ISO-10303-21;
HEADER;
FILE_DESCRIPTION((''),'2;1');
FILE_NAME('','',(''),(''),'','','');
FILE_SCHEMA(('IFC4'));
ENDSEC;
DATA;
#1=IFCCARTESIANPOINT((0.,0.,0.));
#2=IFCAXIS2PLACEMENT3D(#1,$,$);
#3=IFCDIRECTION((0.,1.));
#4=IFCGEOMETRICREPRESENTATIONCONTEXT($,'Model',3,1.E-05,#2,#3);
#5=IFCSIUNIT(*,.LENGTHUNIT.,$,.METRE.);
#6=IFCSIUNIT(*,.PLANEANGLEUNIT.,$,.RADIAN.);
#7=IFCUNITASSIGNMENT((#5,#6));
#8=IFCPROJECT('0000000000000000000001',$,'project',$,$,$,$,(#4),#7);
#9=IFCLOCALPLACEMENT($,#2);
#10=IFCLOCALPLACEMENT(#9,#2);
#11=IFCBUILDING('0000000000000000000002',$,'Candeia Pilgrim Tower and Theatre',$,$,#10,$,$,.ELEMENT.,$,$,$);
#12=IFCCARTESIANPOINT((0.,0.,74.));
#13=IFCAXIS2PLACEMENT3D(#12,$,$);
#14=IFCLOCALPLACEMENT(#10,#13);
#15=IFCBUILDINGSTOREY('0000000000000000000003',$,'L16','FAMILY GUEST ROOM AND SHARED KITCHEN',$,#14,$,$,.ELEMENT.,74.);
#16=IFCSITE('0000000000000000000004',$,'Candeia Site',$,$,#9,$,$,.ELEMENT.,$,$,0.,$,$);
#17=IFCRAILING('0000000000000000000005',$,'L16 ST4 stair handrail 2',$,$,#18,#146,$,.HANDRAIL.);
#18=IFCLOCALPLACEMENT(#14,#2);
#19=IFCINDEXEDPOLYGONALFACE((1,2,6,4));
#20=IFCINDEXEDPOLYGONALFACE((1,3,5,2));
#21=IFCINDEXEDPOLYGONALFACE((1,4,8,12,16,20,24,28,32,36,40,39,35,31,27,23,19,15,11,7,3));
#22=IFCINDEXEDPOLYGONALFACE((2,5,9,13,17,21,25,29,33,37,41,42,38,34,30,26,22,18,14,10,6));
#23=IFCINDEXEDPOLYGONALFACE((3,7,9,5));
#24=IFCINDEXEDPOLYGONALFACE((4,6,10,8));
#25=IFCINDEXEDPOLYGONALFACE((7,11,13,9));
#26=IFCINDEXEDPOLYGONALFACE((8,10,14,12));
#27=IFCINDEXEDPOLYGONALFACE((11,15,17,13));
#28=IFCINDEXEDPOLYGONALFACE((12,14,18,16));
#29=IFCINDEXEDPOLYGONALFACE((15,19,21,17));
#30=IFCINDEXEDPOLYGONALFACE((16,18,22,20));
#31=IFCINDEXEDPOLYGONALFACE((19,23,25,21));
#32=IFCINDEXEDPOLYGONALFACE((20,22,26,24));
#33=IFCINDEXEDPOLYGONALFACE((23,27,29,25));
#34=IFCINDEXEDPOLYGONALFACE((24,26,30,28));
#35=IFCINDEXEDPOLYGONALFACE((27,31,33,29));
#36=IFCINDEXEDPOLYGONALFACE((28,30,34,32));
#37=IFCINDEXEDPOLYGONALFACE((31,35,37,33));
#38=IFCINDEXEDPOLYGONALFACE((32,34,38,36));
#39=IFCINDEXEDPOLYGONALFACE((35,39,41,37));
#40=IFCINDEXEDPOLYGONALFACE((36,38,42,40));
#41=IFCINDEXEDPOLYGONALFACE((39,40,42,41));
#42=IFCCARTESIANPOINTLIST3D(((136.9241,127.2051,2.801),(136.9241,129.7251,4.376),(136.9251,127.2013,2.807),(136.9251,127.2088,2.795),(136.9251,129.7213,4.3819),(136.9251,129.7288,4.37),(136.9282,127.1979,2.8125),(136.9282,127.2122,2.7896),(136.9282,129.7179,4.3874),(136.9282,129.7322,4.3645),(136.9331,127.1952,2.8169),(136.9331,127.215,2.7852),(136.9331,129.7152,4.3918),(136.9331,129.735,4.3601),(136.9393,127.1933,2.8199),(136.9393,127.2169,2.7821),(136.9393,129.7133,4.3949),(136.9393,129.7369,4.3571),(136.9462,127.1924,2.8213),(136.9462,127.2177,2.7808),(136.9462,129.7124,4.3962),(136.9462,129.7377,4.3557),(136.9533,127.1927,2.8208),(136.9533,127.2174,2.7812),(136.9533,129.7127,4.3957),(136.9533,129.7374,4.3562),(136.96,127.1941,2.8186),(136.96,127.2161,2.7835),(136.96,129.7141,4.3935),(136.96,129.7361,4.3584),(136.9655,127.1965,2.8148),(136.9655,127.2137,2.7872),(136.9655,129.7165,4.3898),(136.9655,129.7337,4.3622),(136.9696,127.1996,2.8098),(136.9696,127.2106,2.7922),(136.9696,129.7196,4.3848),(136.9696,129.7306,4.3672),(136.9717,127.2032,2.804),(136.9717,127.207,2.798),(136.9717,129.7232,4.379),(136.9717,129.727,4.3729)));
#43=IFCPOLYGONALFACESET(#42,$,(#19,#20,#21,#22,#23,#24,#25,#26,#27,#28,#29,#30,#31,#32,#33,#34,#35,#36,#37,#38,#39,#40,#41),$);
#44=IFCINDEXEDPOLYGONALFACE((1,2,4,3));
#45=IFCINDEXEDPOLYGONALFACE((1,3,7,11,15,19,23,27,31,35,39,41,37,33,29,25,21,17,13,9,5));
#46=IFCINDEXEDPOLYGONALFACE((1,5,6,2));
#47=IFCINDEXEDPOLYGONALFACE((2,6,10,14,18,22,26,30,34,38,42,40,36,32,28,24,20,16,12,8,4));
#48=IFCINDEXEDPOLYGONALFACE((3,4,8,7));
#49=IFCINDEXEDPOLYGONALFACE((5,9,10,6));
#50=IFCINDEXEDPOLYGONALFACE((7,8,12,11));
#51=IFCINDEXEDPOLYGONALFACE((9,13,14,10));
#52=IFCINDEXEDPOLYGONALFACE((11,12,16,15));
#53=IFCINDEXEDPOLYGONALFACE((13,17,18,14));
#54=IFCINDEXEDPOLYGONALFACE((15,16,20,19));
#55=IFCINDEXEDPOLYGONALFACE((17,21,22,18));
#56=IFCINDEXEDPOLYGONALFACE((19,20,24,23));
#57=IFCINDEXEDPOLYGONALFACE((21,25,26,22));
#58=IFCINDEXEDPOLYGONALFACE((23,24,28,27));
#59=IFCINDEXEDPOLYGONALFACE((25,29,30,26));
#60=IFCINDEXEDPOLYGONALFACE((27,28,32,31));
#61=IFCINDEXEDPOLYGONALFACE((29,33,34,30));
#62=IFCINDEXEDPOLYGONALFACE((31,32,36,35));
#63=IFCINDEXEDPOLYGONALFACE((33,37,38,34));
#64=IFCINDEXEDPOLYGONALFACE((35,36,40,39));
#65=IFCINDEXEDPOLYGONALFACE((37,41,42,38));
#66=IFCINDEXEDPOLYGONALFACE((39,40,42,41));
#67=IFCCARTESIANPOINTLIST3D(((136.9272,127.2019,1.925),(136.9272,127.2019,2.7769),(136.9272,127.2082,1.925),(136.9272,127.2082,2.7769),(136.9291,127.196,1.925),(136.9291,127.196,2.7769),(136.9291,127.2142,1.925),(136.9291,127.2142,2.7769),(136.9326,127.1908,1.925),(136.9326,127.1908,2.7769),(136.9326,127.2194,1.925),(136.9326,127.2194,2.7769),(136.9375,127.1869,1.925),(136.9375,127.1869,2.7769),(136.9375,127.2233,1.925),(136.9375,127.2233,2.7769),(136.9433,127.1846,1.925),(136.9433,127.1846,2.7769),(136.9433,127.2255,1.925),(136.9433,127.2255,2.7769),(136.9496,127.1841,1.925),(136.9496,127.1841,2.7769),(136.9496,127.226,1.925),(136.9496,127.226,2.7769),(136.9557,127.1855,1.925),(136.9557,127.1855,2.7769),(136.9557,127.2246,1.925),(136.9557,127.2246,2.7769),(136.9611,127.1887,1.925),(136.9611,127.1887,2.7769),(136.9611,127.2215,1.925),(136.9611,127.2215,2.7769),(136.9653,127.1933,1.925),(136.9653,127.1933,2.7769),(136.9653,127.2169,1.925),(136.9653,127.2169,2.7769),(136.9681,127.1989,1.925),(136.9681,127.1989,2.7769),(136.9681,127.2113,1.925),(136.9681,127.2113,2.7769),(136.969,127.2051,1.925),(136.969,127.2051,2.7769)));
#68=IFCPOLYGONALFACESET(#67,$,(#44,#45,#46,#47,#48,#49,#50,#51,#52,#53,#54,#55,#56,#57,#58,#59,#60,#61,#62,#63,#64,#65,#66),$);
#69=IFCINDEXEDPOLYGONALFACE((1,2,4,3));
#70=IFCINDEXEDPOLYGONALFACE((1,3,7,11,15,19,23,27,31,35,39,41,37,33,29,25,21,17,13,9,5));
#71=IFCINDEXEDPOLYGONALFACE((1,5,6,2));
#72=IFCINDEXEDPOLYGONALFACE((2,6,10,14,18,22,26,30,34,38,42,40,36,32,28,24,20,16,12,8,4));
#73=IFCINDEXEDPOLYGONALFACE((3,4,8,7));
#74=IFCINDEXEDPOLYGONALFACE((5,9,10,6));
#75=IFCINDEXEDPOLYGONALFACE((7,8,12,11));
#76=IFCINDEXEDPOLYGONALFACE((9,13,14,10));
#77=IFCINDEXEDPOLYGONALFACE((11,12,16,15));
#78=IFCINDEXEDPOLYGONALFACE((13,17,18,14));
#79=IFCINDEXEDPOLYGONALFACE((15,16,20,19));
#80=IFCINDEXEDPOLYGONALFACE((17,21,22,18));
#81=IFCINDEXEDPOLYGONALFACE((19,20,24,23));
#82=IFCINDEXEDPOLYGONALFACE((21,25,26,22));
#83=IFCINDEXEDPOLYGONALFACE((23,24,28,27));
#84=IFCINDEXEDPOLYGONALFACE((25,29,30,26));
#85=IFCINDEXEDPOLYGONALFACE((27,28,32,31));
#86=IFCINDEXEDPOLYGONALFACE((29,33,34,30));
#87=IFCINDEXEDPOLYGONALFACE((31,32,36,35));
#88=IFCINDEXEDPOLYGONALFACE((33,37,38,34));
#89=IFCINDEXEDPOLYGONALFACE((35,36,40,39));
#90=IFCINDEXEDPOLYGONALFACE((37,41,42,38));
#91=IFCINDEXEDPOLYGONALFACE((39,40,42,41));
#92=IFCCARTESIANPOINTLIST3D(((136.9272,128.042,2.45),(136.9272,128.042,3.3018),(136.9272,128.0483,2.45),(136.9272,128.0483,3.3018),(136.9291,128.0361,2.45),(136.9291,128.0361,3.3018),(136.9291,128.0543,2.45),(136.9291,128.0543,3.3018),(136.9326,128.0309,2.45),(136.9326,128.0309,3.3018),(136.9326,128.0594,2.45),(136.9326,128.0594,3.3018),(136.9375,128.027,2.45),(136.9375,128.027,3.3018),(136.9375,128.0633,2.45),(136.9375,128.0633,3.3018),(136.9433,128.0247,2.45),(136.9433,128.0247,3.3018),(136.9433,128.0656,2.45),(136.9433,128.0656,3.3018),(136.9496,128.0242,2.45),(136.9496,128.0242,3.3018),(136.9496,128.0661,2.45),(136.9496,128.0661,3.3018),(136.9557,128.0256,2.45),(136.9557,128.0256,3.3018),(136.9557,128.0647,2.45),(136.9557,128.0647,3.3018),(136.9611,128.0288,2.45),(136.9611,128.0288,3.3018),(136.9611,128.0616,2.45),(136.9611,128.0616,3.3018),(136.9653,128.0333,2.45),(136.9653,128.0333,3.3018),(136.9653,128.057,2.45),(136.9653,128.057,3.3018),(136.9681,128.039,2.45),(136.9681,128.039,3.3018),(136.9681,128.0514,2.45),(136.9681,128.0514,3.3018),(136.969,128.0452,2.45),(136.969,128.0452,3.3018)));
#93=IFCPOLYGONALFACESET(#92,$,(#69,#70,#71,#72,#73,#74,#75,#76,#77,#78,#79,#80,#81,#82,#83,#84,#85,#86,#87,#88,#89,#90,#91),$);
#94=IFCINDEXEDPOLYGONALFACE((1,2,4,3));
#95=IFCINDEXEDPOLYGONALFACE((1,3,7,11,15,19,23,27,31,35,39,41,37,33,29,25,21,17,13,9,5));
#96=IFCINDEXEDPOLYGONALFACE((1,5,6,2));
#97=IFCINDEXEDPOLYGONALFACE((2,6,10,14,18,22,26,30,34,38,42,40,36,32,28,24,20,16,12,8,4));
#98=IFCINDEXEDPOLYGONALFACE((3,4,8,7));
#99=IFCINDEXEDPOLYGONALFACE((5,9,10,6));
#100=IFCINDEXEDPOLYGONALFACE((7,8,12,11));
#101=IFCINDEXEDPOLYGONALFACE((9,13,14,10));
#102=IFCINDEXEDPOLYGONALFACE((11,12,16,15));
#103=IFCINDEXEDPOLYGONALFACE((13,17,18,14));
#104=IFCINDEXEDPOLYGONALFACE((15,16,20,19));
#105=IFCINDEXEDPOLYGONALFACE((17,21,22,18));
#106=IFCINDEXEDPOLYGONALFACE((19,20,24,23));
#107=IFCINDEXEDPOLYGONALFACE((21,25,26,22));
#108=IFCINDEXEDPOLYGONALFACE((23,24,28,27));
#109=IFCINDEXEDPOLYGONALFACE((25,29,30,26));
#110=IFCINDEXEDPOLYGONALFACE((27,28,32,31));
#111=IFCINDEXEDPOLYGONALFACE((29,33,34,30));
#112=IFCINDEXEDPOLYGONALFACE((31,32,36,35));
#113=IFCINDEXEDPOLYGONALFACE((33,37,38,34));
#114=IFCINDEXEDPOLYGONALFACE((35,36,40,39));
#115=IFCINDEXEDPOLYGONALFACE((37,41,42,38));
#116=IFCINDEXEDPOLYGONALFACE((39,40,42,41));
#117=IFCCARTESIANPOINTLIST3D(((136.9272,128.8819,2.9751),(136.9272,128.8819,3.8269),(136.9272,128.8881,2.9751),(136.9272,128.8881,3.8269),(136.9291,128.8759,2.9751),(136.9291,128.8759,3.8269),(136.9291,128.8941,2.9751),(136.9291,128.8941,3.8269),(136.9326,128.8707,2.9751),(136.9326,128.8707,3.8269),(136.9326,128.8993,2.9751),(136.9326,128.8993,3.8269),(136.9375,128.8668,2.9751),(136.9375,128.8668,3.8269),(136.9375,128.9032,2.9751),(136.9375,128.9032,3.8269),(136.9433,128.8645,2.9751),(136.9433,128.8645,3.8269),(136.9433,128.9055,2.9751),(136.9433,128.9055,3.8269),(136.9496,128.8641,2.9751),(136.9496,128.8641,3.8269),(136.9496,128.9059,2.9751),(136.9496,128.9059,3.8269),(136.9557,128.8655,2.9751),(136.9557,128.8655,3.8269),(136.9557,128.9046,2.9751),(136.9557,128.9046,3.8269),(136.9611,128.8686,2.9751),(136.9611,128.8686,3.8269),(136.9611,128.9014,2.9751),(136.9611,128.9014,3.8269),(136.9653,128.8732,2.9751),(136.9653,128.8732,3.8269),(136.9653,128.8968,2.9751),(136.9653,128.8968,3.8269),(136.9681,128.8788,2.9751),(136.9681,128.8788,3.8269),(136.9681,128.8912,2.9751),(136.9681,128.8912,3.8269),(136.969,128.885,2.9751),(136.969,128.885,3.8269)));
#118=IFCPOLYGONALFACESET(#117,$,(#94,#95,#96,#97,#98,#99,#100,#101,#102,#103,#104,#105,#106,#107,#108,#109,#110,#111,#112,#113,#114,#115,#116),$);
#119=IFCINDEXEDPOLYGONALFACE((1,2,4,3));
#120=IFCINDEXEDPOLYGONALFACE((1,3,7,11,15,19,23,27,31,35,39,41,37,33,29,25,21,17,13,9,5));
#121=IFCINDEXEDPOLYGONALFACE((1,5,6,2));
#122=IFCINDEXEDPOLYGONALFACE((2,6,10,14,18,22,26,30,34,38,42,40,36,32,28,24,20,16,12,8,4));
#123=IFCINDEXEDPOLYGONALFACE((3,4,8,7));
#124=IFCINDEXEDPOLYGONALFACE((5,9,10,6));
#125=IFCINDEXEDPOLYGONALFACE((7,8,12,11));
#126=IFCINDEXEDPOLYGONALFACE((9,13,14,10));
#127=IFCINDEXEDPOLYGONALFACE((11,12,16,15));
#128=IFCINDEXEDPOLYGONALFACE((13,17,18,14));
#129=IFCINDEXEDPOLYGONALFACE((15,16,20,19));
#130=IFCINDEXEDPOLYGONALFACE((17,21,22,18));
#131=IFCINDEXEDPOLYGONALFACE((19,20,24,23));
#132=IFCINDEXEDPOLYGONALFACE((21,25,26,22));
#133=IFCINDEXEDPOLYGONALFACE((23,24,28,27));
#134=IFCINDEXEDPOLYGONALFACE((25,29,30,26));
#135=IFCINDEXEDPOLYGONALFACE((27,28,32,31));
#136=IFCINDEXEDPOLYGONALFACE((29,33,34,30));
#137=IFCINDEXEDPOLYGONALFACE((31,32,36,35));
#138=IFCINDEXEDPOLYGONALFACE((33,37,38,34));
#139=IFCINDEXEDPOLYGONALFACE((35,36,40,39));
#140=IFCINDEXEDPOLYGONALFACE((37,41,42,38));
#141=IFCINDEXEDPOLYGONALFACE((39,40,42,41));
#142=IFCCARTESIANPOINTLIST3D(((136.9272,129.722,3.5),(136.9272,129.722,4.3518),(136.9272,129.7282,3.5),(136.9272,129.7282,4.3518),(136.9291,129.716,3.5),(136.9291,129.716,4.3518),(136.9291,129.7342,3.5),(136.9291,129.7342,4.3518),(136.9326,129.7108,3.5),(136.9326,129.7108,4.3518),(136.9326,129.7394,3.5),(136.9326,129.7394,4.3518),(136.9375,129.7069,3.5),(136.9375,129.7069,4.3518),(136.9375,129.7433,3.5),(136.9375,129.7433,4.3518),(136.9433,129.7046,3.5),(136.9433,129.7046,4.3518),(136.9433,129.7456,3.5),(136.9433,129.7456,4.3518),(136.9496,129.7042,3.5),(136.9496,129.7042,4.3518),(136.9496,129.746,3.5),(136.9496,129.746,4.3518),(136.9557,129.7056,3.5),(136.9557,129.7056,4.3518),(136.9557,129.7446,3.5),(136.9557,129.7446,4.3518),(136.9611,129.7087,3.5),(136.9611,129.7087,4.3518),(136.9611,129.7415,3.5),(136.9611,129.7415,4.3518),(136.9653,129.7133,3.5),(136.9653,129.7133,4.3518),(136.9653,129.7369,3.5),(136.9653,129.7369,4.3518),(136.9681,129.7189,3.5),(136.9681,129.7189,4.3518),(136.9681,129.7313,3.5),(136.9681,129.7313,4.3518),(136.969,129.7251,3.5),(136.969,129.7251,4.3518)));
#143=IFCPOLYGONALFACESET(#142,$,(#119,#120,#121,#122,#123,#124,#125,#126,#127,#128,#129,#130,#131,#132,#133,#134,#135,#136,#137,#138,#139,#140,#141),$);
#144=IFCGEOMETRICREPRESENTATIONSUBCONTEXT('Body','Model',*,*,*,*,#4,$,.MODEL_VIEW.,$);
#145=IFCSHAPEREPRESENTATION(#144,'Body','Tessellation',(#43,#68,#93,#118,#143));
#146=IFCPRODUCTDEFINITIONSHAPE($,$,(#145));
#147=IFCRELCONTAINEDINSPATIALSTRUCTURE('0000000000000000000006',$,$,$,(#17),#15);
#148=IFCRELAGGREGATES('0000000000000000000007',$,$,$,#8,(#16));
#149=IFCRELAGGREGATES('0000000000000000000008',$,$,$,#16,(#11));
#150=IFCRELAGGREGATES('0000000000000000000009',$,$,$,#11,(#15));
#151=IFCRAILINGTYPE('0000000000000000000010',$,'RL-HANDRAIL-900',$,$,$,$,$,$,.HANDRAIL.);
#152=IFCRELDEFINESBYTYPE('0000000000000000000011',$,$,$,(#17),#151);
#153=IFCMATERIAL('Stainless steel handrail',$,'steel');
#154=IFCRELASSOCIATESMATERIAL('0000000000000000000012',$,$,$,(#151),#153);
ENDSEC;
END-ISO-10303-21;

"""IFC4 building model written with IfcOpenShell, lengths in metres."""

from ifc_helpers import new_model, si_unit, direction, frame, origin, origin_2d, place, context, subcontext, project, spatial, circle, extrude, material, type_object, element, save


model = new_model("IFC4")

# Units and contexts
model_context = context("Model", 3, precision=1e-05, world=origin(), true_north=direction((0.0, 1.0)))
body_context = subcontext(model_context, "Body", "Model", "MODEL_VIEW")
ifc_project = project(units=[si_unit("LENGTHUNIT", "METRE"), si_unit("PLANEANGLEUNIT", "RADIAN")], contexts=[model_context])

# Site, building, storey
site_placement = place(None, origin())
site = spatial("IfcSite", under=ifc_project, at=site_placement, Name="Candeia Site", CompositionType="ELEMENT", RefElevation=0.0)
building_placement = place(site_placement, origin())
building = spatial("IfcBuilding", under=site, at=building_placement, Name="Candeia Pilgrim Tower and Theatre", CompositionType="ELEMENT")
storey_placement = place(building_placement, frame((0.0, 0.0, 74.0)))
storey = spatial("IfcBuildingStorey", under=building, at=storey_placement, Name="L16", Description="FAMILY GUEST ROOM AND SHARED KITCHEN", CompositionType="ELEMENT", Elevation=74.0)

# Railing
ifc_material_1 = material(Name="Stainless steel handrail", Category="steel")
railing_type_1 = type_object("IfcRailingType", Name="RL-HANDRAIL-900", PredefinedType="HANDRAIL", material=ifc_material_1)
railing_1_placement = place(storey_placement, frame((136.948, 127.2051, 1.925)))
element("IfcRailing", 1, at=railing_1_placement, inside=storey, type_object=railing_type_1, Name="L16 ST4 stair handrail 2", PredefinedType="HANDRAIL", context=body_context, shape_type="SweptSolid", body=[
    extrude(circle(Radius=0.0239, at=origin_2d()), frame((0.0, 0.0, 0.876), z_axis=(0.0, 0.848008, 0.529984), x_axis=(-1.0, 0.0, 0.0)), (0.0, 0.0, 1.0), 2.9717),
    extrude(circle(Radius=0.021, at=origin_2d()), origin(), (0.0, 0.0, 1.0), 0.8518),
    extrude(circle(Radius=0.021, at=origin_2d()), frame((0.0, 0.8401, 0.5249)), (0.0, 0.0, 1.0), 0.8518),
    extrude(circle(Radius=0.021, at=origin_2d()), frame((0.0, 1.6799, 1.05)), (0.0, 0.0, 1.0), 0.8518),
    extrude(circle(Radius=0.021, at=origin_2d()), frame((0.0, 2.52, 1.575)), (0.0, 0.0, 1.0), 0.8518),
])

save(model, "model.ifc")
